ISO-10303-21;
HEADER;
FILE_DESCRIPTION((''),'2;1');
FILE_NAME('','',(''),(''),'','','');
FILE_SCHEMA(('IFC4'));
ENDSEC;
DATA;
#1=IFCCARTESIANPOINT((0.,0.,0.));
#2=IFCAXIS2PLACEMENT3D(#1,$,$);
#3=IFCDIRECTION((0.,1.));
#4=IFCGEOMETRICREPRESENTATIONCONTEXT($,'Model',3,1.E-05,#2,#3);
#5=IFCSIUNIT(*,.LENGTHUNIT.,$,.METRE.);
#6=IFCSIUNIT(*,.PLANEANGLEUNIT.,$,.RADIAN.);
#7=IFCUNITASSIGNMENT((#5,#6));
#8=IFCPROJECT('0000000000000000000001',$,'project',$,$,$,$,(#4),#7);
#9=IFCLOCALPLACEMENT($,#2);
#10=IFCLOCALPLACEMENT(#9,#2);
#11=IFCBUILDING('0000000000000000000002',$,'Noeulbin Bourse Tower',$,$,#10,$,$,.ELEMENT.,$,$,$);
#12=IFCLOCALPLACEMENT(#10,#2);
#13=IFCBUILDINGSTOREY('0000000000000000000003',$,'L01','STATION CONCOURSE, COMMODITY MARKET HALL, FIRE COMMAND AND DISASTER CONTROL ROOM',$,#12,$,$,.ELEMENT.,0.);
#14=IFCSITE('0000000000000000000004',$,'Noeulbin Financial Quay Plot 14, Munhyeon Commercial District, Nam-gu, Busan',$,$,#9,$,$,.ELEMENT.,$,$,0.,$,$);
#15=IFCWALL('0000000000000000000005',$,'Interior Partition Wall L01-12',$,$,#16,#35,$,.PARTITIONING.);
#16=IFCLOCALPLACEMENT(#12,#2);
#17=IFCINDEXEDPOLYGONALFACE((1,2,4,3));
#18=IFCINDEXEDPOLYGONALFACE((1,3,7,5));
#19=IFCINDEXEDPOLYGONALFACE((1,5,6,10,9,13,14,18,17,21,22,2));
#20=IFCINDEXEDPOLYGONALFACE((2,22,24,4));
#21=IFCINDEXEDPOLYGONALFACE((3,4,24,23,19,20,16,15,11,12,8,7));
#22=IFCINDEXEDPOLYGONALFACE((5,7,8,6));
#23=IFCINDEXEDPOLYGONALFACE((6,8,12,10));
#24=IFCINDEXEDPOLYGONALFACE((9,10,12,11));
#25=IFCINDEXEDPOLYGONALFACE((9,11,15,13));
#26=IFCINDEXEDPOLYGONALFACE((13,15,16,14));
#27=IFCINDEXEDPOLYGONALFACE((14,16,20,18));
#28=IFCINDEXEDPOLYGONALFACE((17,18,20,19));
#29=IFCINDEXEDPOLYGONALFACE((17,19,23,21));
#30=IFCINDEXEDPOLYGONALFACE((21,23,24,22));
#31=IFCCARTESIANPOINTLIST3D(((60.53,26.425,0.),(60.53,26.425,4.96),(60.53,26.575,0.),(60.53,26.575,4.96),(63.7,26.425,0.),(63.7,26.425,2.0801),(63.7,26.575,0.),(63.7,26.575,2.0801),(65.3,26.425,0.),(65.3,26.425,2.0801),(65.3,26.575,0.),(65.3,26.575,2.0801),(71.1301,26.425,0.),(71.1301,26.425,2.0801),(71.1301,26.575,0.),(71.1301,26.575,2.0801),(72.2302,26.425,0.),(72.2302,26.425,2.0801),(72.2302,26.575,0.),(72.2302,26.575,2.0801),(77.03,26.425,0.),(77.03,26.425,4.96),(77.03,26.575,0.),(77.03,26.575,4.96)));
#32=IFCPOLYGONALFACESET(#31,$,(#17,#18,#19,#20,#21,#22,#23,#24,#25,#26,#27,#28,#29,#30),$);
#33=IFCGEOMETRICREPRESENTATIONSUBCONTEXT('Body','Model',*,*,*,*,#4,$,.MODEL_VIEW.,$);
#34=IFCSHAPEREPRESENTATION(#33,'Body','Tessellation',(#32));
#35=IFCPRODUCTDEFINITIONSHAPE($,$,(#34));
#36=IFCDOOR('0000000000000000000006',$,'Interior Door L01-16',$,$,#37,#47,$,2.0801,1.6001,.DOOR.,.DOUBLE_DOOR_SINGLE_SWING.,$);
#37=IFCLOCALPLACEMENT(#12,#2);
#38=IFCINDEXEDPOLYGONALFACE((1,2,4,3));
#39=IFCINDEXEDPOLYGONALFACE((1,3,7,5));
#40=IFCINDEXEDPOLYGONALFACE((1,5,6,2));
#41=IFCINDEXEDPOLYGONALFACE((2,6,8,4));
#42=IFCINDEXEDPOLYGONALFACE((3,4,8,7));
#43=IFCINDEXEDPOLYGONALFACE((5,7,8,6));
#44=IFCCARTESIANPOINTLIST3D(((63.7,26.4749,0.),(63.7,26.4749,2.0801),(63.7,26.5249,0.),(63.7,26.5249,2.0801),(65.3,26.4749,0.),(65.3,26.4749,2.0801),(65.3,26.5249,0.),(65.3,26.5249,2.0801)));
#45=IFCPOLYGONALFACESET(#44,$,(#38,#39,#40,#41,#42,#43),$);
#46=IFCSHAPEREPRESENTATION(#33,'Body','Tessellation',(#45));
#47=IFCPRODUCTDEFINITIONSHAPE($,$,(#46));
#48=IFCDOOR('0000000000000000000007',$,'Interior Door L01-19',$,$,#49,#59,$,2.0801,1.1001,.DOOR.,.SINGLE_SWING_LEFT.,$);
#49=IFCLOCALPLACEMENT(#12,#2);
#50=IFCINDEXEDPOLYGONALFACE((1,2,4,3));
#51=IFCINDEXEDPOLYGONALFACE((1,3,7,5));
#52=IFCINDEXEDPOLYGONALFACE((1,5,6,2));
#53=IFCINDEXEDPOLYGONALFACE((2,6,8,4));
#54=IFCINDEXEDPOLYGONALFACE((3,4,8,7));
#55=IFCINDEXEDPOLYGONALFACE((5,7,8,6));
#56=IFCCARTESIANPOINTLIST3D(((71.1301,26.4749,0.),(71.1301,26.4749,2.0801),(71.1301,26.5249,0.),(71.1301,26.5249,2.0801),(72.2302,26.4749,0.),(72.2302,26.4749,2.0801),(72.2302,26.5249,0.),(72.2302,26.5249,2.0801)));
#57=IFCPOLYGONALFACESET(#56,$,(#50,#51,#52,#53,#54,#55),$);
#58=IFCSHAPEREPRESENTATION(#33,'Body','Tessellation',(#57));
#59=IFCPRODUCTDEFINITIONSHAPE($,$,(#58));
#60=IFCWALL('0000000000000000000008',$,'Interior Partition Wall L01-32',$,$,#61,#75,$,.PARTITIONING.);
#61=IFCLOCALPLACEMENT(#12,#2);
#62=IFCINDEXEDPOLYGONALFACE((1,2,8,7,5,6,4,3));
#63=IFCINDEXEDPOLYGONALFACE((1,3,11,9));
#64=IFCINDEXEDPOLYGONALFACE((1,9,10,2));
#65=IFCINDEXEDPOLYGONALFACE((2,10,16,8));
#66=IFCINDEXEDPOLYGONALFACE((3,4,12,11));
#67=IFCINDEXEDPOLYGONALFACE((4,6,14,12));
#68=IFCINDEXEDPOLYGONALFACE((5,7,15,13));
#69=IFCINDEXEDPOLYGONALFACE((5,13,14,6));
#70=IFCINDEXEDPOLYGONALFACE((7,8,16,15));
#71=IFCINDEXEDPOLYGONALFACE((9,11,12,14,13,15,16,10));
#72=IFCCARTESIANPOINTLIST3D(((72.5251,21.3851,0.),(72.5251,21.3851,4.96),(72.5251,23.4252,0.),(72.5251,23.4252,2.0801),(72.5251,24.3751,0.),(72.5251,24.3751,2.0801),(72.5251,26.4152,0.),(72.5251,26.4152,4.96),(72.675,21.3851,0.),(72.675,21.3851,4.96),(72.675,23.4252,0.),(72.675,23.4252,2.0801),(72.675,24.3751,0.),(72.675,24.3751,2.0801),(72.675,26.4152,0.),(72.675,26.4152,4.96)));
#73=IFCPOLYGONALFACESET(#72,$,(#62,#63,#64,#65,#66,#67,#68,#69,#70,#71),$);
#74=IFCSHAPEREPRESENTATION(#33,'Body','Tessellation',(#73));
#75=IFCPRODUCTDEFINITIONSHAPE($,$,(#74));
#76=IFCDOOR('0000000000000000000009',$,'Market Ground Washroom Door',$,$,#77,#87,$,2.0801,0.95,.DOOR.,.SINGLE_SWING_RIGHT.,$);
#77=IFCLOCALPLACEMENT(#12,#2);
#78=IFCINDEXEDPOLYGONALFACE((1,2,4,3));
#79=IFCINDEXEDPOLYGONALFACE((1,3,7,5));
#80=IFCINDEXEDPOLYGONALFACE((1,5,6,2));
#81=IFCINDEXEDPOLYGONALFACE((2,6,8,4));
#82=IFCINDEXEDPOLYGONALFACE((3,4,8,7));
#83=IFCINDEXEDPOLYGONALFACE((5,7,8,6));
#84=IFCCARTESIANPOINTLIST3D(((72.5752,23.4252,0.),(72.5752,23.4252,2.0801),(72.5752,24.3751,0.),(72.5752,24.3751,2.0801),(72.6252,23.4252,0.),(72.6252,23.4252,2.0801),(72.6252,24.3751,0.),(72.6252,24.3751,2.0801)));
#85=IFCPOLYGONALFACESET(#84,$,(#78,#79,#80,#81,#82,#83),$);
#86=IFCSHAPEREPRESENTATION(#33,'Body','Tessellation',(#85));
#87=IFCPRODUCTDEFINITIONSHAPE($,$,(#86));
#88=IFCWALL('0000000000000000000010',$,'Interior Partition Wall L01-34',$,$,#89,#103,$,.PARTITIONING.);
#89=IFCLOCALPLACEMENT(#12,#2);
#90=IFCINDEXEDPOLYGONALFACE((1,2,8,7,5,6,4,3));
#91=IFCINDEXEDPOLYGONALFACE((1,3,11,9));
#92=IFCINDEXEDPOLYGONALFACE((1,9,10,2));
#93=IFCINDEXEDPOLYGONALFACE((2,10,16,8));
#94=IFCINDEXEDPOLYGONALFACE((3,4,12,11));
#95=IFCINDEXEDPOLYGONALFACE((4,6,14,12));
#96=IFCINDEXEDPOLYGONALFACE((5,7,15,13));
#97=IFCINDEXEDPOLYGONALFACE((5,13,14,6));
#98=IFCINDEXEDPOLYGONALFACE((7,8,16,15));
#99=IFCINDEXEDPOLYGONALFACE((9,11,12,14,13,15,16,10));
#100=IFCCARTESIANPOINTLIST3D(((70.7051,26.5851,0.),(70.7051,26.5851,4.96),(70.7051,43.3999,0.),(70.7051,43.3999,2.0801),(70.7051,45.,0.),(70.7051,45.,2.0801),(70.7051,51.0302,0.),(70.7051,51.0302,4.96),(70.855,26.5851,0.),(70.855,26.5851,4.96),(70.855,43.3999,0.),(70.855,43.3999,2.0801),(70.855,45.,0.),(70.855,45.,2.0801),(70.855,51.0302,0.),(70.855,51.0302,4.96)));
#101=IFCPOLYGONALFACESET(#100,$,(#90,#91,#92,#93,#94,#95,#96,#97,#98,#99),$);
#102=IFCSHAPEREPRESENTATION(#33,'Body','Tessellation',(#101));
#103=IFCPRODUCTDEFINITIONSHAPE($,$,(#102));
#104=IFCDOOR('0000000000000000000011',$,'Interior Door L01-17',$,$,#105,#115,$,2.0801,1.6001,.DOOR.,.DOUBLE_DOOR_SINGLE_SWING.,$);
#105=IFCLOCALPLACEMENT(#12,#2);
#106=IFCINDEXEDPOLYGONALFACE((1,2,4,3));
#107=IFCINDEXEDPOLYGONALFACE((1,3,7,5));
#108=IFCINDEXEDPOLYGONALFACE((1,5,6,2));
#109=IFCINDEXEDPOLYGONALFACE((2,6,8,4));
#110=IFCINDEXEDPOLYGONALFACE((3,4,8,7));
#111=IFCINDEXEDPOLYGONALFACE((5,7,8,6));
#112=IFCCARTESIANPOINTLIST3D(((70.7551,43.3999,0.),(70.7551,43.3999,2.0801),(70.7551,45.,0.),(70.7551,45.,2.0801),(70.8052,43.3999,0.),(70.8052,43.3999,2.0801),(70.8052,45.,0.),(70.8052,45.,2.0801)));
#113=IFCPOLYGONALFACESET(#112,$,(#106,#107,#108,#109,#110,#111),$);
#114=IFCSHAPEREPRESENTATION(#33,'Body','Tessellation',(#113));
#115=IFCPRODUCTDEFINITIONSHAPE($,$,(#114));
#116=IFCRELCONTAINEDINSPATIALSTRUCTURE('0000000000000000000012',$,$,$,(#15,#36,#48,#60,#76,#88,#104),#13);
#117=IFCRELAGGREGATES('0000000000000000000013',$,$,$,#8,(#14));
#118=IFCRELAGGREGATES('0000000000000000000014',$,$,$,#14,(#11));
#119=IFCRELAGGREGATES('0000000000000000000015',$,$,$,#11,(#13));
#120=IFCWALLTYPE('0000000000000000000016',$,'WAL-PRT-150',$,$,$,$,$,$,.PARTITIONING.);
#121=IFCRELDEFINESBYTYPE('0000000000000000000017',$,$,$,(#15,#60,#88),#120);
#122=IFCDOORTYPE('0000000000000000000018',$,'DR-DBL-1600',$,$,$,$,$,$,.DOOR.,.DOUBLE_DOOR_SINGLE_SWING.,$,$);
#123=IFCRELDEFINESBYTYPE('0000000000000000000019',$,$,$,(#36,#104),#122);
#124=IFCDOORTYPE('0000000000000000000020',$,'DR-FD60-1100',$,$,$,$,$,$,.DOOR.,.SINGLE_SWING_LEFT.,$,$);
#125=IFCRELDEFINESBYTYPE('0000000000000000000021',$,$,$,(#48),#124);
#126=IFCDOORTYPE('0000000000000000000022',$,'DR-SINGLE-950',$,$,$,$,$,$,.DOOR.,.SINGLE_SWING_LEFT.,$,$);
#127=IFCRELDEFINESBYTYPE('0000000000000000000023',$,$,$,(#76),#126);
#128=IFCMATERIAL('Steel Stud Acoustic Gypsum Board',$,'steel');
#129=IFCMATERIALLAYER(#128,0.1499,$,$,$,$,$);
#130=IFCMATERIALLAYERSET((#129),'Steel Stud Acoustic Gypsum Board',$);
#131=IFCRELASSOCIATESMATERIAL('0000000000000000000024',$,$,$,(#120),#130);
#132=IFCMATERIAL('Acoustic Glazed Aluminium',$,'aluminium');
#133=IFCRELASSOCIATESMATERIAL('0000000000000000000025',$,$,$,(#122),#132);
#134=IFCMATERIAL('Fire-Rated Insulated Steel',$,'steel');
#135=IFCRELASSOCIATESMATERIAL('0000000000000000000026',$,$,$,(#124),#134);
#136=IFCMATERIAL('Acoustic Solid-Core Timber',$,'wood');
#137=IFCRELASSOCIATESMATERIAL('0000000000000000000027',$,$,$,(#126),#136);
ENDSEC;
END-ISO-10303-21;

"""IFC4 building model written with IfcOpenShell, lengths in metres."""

from ifc_helpers import new_model, si_unit, direction, frame, frame_2d, origin, place, context, subcontext, project, spatial, rectangle, extrude, material, layer, layer_set, type_object, element, fill, save


model = new_model("IFC4")

# Units and contexts
model_context = context("Model", 3, precision=1e-05, world=origin(), true_north=direction((0.0, 1.0)))
body_context = subcontext(model_context, "Body", "Model", "MODEL_VIEW")
ifc_project = project(units=[si_unit("LENGTHUNIT", "METRE"), si_unit("PLANEANGLEUNIT", "RADIAN")], contexts=[model_context])

# Site, building, storey
site_placement = place(None, origin())
site = spatial("IfcSite", under=ifc_project, at=site_placement, Name="Noeulbin Financial Quay Plot 14, Munhyeon Commercial District, Nam-gu, Busan", CompositionType="ELEMENT", RefElevation=0.0)
building_placement = place(site_placement, origin())
building = spatial("IfcBuilding", under=site, at=building_placement, Name="Noeulbin Bourse Tower", CompositionType="ELEMENT")
storey_placement = place(building_placement, origin())
storey = spatial("IfcBuildingStorey", under=building, at=storey_placement, Name="L01", Description="STATION CONCOURSE, COMMODITY MARKET HALL, FIRE COMMAND AND DISASTER CONTROL ROOM", CompositionType="ELEMENT", Elevation=0.0)

# Wall, openings, doors
ifc_material_1 = material(Name="Steel Stud Acoustic Gypsum Board", Category="steel")
ifc_layer = layer(ifc_material_1, 0.1499)
ifc_layer_set = layer_set([ifc_layer], Name="Steel Stud Acoustic Gypsum Board")
wall_type = type_object("IfcWallType", Name="WAL-PRT-150", PredefinedType="PARTITIONING", material=ifc_layer_set)
ifc_material_2 = material(Name="Acoustic Glazed Aluminium", Category="aluminium")
door_type_1 = type_object("IfcDoorType", Name="DR-DBL-1600", OperationType="DOUBLE_DOOR_SINGLE_SWING", PredefinedType="DOOR", material=ifc_material_2)
ifc_material_3 = material(Name="Fire-Rated Insulated Steel", Category="steel")
door_type_2 = type_object("IfcDoorType", Name="DR-FD60-1100", OperationType="SINGLE_SWING_LEFT", PredefinedType="DOOR", material=ifc_material_3)
wall_1_placement = place(storey_placement, frame((60.53, 26.5, 0.0), z_axis=(0.0, 0.0, 1.0), x_axis=(1.0, 0.0, 0.0)))
wall_1 = element("IfcWall", 1, at=wall_1_placement, inside=storey, type_object=wall_type, Name="Interior Partition Wall L01-12", PredefinedType="PARTITIONING", context=body_context, shape_type="SweptSolid", body=[
    extrude(rectangle(XDim=16.5, YDim=0.1499, at=frame_2d((8.25, 0.0))), origin(), (0.0, 0.0, 1.0), 4.96),
])
opening_1_placement = place(wall_1_placement, frame((3.1699, 0.0, 0.0)))
opening_1 = element("IfcOpeningElement", 2, at=opening_1_placement, cuts=wall_1, PredefinedType="OPENING", context=body_context, shape_type="SweptSolid", body=[
    extrude(rectangle(XDim=1.6001, YDim=2.0801, at=frame_2d((0.8, 1.04))), frame((0.0, 0.085, 0.0), z_axis=(0.0, -1.0, 0.0), x_axis=(1.0, 0.0, 0.0)), (0.0, 0.0, 1.0), 0.1699),
])
opening_2_placement = place(wall_1_placement, frame((10.6001, 0.0, 0.0)))
opening_2 = element("IfcOpeningElement", 3, at=opening_2_placement, cuts=wall_1, PredefinedType="OPENING", context=body_context, shape_type="SweptSolid", body=[
    extrude(rectangle(XDim=1.1001, YDim=2.0801, at=frame_2d((0.55, 1.04))), frame((0.0, 0.085, 0.0), z_axis=(0.0, -1.0, 0.0), x_axis=(1.0, 0.0, 0.0)), (0.0, 0.0, 1.0), 0.1699),
])
door_1_placement = place(opening_1_placement, origin())
door_1 = element("IfcDoor", 4, at=door_1_placement, inside=storey, type_object=door_type_1, Name="Interior Door L01-16", OperationType="DOUBLE_DOOR_SINGLE_SWING", OverallHeight=2.0801, OverallWidth=1.6001, PredefinedType="DOOR", context=body_context, shape_type="SweptSolid", body=[
    extrude(rectangle(XDim=1.6001, YDim=2.0801, at=frame_2d((0.8, 1.04))), frame((0.0, 0.0249, 0.0), z_axis=(0.0, -1.0, 0.0), x_axis=(1.0, 0.0, 0.0)), (0.0, 0.0, 1.0), 0.05),
])
fill(opening_1, door_1)
door_2_placement = place(opening_2_placement, origin())
door_2 = element("IfcDoor", 5, at=door_2_placement, inside=storey, type_object=door_type_2, Name="Interior Door L01-19", OperationType="SINGLE_SWING_LEFT", OverallHeight=2.0801, OverallWidth=1.1001, PredefinedType="DOOR", context=body_context, shape_type="SweptSolid", body=[
    extrude(rectangle(XDim=1.1001, YDim=2.0801, at=frame_2d((0.55, 1.04))), frame((0.0, 0.0249, 0.0), z_axis=(0.0, -1.0, 0.0), x_axis=(1.0, 0.0, 0.0)), (0.0, 0.0, 1.0), 0.05),
])
fill(opening_2, door_2)

# Walls, openings, doors
wall_2_placement = place(storey_placement, frame((72.6001, 21.385, 0.0), z_axis=(0.0, 0.0, 1.0), x_axis=(0.0, 1.0, 0.0)))
wall_2 = element("IfcWall", 6, at=wall_2_placement, inside=storey, type_object=wall_type, Name="Interior Partition Wall L01-32", PredefinedType="PARTITIONING", context=body_context, shape_type="SweptSolid", body=[
    extrude(rectangle(XDim=5.03, YDim=0.1499, at=frame_2d((2.5151, 0.0))), origin(), (0.0, 0.0, 1.0), 4.96),
])
opening_3_placement = place(wall_2_placement, frame((2.04, 0.0, 0.0)))
opening_3 = element("IfcOpeningElement", 7, at=opening_3_placement, cuts=wall_2, PredefinedType="OPENING", context=body_context, shape_type="SweptSolid", body=[
    extrude(rectangle(XDim=0.95, YDim=2.0801, at=frame_2d((0.4751, 1.04))), frame((0.0, 0.085, 0.0), z_axis=(0.0, -1.0, 0.0), x_axis=(1.0, 0.0, 0.0)), (0.0, 0.0, 1.0), 0.1699),
])
ifc_material_4 = material(Name="Acoustic Solid-Core Timber", Category="wood")
door_type_3 = type_object("IfcDoorType", Name="DR-SINGLE-950", OperationType="SINGLE_SWING_LEFT", PredefinedType="DOOR", material=ifc_material_4)
door_3_placement = place(opening_3_placement, origin())
door_3 = element("IfcDoor", 8, at=door_3_placement, inside=storey, type_object=door_type_3, Name="Market Ground Washroom Door", OperationType="SINGLE_SWING_RIGHT", OverallHeight=2.0801, OverallWidth=0.95, PredefinedType="DOOR", context=body_context, shape_type="SweptSolid", body=[
    extrude(rectangle(XDim=0.95, YDim=2.0801, at=frame_2d((0.4751, 1.04))), frame((0.0, 0.0249, 0.0), z_axis=(0.0, -1.0, 0.0), x_axis=(1.0, 0.0, 0.0)), (0.0, 0.0, 1.0), 0.05),
])
fill(opening_3, door_3)
wall_3_placement = place(storey_placement, frame((70.78, 26.585, 0.0), z_axis=(0.0, 0.0, 1.0), x_axis=(0.0, 1.0, 0.0)))
wall_3 = element("IfcWall", 9, at=wall_3_placement, inside=storey, type_object=wall_type, Name="Interior Partition Wall L01-34", PredefinedType="PARTITIONING", context=body_context, shape_type="SweptSolid", body=[
    extrude(rectangle(XDim=24.4451, YDim=0.1499, at=frame_2d((12.2227, 0.0))), origin(), (0.0, 0.0, 1.0), 4.96),
])
opening_4_placement = place(wall_3_placement, frame((16.8149, 0.0, 0.0)))
opening_4 = element("IfcOpeningElement", 10, at=opening_4_placement, cuts=wall_3, PredefinedType="OPENING", context=body_context, shape_type="SweptSolid", body=[
    extrude(rectangle(XDim=1.6001, YDim=2.0801, at=frame_2d((0.8, 1.04))), frame((0.0, 0.085, 0.0), z_axis=(0.0, -1.0, 0.0), x_axis=(1.0, 0.0, 0.0)), (0.0, 0.0, 1.0), 0.1699),
])
door_4_placement = place(opening_4_placement, origin())
door_4 = element("IfcDoor", 11, at=door_4_placement, inside=storey, type_object=door_type_1, Name="Interior Door L01-17", OperationType="DOUBLE_DOOR_SINGLE_SWING", OverallHeight=2.0801, OverallWidth=1.6001, PredefinedType="DOOR", context=body_context, shape_type="SweptSolid", body=[
    extrude(rectangle(XDim=1.6001, YDim=2.0801, at=frame_2d((0.8, 1.04))), frame((0.0, 0.0249, 0.0), z_axis=(0.0, -1.0, 0.0), x_axis=(1.0, 0.0, 0.0)), (0.0, 0.0, 1.0), 0.05),
])
fill(opening_4, door_4)

save(model, "model.ifc")
